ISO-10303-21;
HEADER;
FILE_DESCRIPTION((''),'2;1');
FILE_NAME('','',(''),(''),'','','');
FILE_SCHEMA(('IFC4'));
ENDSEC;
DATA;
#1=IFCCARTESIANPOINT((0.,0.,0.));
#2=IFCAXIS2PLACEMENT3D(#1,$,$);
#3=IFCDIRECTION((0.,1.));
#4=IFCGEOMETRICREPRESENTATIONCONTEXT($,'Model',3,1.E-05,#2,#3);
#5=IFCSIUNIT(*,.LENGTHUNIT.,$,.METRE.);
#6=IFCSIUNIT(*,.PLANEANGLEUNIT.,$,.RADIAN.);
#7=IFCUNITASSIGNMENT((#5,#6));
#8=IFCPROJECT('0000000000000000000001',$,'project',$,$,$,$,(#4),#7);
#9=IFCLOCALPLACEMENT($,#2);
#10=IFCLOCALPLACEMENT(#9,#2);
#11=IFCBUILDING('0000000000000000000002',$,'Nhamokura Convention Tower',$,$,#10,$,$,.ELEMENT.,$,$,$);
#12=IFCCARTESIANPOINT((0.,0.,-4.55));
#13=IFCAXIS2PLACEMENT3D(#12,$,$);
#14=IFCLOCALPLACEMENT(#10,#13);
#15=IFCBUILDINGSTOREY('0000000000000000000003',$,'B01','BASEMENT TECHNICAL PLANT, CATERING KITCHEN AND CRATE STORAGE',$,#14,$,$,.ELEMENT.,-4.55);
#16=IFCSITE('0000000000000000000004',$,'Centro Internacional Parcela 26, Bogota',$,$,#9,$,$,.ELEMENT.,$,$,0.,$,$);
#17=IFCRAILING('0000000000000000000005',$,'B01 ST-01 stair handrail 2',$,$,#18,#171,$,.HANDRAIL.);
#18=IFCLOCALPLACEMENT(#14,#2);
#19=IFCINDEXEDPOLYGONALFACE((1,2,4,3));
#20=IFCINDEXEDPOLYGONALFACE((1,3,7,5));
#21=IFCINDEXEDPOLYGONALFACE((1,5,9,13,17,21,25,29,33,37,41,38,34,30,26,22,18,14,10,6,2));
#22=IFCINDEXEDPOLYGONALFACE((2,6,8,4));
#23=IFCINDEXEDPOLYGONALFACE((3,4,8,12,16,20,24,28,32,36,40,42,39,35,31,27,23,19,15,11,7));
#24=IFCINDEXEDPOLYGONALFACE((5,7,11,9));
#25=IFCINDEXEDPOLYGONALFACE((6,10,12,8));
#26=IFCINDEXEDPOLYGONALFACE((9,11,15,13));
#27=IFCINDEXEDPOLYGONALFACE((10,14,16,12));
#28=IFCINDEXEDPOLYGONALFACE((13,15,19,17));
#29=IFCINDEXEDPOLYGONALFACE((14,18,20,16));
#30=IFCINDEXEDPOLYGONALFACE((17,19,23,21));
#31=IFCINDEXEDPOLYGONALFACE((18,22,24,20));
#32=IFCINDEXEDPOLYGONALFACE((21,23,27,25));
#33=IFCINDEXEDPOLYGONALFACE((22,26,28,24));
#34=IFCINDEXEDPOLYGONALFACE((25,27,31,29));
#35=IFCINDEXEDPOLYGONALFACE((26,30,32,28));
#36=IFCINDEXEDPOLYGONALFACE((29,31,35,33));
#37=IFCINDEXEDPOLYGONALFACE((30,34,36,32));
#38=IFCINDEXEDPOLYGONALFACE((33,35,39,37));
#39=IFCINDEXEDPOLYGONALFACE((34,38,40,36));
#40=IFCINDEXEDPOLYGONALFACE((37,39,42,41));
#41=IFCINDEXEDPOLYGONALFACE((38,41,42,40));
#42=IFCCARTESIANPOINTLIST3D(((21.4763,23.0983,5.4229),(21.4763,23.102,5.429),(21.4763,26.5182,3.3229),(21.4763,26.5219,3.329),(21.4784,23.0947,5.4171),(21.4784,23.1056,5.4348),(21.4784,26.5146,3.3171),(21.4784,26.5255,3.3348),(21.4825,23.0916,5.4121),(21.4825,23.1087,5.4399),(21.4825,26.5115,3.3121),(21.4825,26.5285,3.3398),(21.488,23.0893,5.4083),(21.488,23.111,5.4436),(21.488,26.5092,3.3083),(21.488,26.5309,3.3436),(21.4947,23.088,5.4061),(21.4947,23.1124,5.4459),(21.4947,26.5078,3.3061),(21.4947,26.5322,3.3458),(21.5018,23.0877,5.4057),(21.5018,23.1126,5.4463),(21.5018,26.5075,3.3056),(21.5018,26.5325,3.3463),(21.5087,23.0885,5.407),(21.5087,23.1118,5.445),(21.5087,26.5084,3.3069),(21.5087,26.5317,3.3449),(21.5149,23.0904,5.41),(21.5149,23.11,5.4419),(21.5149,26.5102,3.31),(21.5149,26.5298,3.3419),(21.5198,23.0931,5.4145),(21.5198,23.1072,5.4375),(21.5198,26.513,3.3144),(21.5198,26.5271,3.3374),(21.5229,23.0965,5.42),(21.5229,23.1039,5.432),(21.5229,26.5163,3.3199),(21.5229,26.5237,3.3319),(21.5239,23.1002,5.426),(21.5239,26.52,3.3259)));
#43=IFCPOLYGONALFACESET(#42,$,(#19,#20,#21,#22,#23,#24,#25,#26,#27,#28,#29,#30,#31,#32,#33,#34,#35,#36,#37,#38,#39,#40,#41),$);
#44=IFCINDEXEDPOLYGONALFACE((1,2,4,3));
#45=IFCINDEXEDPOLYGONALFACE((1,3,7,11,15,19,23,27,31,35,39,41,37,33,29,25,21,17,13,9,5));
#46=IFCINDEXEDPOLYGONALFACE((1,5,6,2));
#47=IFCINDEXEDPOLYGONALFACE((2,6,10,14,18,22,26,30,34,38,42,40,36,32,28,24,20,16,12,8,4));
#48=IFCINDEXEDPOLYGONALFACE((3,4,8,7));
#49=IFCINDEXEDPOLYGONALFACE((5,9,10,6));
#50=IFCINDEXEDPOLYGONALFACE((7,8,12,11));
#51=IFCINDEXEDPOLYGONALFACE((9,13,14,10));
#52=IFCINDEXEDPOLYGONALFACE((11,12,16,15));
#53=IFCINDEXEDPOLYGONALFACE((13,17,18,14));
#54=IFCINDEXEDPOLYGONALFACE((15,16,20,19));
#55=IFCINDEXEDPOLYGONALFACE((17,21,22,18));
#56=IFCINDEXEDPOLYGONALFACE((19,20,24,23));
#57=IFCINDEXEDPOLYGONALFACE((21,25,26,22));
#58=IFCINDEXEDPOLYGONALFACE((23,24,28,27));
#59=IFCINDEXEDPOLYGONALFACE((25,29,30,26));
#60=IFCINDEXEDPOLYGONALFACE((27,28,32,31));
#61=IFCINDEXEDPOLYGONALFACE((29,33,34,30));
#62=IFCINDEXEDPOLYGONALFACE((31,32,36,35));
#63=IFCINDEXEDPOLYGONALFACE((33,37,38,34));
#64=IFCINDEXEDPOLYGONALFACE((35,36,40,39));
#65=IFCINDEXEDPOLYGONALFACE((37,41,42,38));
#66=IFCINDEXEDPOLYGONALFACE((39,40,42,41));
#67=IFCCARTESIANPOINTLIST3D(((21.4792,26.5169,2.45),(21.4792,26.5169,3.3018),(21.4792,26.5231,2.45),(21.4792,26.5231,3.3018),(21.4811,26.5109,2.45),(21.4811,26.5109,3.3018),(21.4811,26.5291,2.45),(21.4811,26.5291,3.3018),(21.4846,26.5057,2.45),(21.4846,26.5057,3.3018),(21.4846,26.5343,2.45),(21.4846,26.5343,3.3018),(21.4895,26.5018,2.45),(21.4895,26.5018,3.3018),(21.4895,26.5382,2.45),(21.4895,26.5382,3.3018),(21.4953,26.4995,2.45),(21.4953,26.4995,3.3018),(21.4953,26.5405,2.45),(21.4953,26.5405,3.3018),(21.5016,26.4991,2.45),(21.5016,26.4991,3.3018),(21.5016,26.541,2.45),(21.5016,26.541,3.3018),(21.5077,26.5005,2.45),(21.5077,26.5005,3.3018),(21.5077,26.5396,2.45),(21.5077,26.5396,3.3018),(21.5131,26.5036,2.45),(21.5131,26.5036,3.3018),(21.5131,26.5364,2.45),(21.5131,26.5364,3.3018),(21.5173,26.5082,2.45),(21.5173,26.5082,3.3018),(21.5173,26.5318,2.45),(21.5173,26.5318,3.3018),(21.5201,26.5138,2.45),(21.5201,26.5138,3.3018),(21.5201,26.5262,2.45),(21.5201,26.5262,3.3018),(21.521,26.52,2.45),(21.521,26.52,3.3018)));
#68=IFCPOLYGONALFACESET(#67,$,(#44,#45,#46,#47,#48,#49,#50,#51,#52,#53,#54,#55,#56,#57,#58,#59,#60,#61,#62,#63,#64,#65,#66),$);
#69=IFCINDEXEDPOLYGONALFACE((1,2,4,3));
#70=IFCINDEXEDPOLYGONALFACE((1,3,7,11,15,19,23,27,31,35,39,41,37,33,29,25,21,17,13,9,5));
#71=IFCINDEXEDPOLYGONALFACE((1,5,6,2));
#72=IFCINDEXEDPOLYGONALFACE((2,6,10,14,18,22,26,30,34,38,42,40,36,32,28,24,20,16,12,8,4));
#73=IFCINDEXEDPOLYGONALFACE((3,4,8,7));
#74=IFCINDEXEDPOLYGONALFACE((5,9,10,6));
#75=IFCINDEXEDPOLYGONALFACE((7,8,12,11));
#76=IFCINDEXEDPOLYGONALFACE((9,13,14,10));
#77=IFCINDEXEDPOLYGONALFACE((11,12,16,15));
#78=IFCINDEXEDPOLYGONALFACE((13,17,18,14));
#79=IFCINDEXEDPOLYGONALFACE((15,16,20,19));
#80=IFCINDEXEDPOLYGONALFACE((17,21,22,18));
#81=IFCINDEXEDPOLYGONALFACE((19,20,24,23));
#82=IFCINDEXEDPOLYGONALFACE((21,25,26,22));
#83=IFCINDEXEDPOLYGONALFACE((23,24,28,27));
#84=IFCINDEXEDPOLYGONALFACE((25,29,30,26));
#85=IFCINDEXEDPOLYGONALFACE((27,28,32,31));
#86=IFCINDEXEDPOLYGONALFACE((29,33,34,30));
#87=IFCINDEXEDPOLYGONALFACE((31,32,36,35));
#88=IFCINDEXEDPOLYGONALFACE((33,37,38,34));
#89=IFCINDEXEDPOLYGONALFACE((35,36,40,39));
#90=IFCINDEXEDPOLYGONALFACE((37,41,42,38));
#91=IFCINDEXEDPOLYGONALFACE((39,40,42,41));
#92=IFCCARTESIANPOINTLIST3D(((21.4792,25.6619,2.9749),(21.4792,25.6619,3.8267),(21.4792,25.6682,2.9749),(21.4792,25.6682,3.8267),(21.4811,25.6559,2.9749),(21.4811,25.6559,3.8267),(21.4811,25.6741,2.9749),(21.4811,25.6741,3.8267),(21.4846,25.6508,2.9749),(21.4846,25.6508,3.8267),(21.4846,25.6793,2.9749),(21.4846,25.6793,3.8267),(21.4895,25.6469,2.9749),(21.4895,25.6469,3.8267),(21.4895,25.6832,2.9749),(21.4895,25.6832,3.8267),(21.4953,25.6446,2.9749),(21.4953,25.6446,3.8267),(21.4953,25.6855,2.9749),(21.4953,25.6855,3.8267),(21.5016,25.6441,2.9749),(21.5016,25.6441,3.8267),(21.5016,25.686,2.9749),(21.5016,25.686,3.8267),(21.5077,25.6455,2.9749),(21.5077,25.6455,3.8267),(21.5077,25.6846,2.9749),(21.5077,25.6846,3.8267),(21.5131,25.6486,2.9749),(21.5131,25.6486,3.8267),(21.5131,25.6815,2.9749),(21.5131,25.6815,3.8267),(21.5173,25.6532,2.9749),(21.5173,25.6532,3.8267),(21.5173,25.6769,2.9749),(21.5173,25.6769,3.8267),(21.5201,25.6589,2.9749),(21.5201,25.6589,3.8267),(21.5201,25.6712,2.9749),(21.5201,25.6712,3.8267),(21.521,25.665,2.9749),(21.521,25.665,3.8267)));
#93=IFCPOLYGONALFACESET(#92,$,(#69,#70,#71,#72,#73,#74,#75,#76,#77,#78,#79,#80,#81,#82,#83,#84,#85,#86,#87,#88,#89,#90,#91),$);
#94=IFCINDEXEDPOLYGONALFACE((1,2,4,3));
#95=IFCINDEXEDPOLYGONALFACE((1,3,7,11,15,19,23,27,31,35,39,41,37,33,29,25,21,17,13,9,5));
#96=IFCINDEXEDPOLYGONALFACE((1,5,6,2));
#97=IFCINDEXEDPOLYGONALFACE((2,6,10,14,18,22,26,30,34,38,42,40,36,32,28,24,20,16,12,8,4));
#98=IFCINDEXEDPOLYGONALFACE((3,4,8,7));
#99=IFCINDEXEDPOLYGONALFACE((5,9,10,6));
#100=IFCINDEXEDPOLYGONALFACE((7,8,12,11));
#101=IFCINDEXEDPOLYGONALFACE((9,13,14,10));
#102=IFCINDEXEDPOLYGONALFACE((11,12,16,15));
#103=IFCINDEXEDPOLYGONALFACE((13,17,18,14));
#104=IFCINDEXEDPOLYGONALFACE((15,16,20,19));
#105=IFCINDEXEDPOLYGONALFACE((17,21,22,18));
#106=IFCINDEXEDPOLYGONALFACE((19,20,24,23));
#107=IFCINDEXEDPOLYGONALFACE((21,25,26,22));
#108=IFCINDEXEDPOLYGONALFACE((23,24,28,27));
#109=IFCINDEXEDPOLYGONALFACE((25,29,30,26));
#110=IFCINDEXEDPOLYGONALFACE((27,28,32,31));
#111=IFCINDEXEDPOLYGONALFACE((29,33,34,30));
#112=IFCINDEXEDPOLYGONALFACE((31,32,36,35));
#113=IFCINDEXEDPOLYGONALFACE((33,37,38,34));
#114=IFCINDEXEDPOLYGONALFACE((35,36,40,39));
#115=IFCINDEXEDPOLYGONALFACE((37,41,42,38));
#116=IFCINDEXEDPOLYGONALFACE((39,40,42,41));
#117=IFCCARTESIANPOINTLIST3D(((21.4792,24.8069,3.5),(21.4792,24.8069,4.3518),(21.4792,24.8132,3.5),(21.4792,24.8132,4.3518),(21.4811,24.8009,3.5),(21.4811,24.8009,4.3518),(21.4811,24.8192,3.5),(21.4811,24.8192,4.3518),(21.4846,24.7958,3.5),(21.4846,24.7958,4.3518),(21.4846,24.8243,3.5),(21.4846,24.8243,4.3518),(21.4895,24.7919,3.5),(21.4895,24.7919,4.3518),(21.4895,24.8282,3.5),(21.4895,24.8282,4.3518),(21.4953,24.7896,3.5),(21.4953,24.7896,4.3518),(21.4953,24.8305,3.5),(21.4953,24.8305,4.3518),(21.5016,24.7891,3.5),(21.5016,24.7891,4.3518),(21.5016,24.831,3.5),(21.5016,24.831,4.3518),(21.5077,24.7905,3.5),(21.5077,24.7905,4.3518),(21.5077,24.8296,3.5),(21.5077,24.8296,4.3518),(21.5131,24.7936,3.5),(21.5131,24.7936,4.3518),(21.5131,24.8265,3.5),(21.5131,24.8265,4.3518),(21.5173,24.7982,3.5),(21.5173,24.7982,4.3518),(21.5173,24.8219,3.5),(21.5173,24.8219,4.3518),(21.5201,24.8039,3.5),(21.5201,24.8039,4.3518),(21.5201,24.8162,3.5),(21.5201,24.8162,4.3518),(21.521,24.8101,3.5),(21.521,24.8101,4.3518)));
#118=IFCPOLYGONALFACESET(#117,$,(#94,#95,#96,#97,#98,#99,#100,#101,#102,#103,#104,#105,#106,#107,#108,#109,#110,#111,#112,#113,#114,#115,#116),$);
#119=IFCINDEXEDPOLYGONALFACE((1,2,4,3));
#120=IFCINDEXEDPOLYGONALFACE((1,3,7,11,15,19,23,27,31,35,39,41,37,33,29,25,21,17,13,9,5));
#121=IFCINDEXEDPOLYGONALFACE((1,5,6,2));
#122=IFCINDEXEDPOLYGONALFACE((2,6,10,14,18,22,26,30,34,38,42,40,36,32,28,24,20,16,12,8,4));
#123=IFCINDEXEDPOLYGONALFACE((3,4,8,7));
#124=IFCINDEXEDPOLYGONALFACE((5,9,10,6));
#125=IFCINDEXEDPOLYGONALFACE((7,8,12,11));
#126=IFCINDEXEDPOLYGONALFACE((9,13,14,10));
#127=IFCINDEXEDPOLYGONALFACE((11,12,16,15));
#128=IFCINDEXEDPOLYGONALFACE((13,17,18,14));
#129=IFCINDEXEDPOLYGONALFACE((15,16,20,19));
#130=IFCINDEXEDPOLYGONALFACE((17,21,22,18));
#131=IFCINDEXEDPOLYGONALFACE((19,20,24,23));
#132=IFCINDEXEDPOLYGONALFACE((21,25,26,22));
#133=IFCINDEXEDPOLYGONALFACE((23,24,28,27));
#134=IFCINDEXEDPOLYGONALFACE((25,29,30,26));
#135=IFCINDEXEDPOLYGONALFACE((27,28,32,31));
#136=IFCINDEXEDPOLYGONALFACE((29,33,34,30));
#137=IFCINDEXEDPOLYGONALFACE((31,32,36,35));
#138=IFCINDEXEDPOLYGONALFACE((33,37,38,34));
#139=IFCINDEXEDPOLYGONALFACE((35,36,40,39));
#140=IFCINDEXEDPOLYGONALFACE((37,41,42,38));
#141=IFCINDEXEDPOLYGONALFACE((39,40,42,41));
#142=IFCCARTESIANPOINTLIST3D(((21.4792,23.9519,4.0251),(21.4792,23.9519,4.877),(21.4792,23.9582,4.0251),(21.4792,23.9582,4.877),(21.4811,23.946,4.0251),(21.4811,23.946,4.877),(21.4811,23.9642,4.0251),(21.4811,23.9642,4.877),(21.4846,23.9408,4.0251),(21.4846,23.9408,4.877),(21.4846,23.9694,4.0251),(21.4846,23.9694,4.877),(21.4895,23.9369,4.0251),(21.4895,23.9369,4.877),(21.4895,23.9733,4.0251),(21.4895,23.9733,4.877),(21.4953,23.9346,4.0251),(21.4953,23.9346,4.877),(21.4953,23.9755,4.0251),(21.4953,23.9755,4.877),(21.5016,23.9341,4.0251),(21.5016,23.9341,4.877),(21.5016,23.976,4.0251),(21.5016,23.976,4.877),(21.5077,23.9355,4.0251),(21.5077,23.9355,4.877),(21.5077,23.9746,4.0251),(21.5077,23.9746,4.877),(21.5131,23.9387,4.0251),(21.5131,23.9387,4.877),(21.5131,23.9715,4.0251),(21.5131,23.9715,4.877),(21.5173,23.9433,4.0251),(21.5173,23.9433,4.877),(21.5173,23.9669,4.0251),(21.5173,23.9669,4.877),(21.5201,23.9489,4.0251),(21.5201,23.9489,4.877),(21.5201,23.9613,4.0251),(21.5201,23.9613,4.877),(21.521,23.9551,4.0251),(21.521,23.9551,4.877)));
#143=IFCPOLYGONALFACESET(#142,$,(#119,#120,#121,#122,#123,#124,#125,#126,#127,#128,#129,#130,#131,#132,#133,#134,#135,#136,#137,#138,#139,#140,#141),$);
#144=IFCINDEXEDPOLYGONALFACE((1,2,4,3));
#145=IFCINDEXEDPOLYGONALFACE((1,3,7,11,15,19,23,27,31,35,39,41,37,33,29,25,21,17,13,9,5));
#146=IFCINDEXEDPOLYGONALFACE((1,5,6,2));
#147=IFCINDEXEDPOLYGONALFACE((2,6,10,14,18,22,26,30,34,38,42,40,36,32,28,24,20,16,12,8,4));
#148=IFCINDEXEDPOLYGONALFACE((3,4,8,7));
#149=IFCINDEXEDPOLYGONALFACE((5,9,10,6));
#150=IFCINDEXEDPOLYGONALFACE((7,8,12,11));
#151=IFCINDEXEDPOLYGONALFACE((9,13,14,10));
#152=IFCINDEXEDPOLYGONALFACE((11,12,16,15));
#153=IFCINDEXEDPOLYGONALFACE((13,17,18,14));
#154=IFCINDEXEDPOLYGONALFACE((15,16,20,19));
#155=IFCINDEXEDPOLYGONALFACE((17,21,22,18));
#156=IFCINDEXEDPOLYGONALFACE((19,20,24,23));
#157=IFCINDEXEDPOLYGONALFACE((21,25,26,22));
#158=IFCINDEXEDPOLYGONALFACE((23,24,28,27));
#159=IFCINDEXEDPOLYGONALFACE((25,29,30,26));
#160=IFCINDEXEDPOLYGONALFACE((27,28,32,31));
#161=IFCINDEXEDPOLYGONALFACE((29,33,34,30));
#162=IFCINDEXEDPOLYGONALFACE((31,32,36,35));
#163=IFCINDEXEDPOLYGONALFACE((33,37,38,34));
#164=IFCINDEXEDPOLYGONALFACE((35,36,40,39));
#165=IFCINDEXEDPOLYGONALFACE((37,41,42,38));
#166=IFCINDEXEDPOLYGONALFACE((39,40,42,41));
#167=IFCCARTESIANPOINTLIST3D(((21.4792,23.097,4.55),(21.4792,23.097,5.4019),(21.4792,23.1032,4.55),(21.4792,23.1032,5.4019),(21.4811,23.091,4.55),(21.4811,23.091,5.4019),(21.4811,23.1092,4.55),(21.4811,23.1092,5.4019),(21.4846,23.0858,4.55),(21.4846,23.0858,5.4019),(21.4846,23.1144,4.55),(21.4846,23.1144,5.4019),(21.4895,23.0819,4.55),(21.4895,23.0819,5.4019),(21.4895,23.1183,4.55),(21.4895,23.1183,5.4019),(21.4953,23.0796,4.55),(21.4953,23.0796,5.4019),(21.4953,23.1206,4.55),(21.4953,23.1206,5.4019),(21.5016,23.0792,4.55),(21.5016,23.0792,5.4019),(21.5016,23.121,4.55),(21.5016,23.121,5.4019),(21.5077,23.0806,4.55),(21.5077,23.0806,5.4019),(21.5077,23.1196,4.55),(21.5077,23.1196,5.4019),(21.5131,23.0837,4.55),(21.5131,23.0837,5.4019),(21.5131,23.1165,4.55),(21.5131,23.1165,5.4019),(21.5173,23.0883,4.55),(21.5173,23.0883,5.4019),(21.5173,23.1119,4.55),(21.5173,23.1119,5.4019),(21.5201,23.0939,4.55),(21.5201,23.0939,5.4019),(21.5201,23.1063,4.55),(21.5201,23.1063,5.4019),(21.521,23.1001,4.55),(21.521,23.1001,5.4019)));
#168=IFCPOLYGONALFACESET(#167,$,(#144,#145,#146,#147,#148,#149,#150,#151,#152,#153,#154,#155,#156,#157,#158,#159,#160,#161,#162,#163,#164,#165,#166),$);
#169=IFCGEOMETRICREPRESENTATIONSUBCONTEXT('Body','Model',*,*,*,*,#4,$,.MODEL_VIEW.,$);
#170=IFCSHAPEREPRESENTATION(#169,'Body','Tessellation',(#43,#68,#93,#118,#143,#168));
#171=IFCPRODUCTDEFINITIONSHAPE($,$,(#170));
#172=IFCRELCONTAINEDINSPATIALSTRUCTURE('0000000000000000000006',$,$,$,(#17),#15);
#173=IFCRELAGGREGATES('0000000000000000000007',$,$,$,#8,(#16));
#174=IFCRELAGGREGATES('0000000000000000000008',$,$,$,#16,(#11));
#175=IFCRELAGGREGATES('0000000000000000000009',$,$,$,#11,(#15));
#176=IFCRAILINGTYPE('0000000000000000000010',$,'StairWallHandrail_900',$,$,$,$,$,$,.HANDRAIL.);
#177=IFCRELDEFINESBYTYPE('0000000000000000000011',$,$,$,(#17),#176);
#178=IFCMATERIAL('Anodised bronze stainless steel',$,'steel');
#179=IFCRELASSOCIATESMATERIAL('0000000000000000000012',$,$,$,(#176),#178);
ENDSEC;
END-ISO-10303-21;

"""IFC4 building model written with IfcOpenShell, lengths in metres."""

from ifc_helpers import new_model, si_unit, direction, frame, origin, origin_2d, place, context, subcontext, project, spatial, circle, extrude, material, type_object, element, save


model = new_model("IFC4")

# Units and contexts
model_context = context("Model", 3, precision=1e-05, world=origin(), true_north=direction((0.0, 1.0)))
body_context = subcontext(model_context, "Body", "Model", "MODEL_VIEW")
ifc_project = project(units=[si_unit("LENGTHUNIT", "METRE"), si_unit("PLANEANGLEUNIT", "RADIAN")], contexts=[model_context])

# Site, building, storey
site_placement = place(None, origin())
site = spatial("IfcSite", under=ifc_project, at=site_placement, Name="Centro Internacional Parcela 26, Bogota", CompositionType="ELEMENT", RefElevation=0.0)
building_placement = place(site_placement, origin())
building = spatial("IfcBuilding", under=site, at=building_placement, Name="Nhamokura Convention Tower", CompositionType="ELEMENT")
storey_placement = place(building_placement, frame((0.0, 0.0, -4.55)))
storey = spatial("IfcBuildingStorey", under=building, at=storey_placement, Name="B01", Description="BASEMENT TECHNICAL PLANT, CATERING KITCHEN AND CRATE STORAGE", CompositionType="ELEMENT", Elevation=-4.55)

# Railing
ifc_material_1 = material(Name="Anodised bronze stainless steel", Category="steel")
railing_type_1 = type_object("IfcRailingType", Name="StairWallHandrail_900", PredefinedType="HANDRAIL", material=ifc_material_1)
railing_1_placement = place(storey_placement, frame((21.5, 26.52, 2.45)))
element("IfcRailing", 1, at=railing_1_placement, inside=storey, type_object=railing_type_1, Name="B01 ST-01 stair handrail 2", PredefinedType="HANDRAIL", context=body_context, shape_type="SweptSolid", body=[
    extrude(circle(Radius=0.0239, at=origin_2d()), frame((0.0, 0.0, 0.876), z_axis=(0.0, -0.852155, 0.523289), x_axis=(1.0, 0.0, 0.0)), (0.0, 0.0, 1.0), 4.0132),
    extrude(circle(Radius=0.021, at=origin_2d()), origin(), (0.0, 0.0, 1.0), 0.8518),
    extrude(circle(Radius=0.021, at=origin_2d()), frame((0.0, -0.855, 0.5249)), (0.0, 0.0, 1.0), 0.8518),
    extrude(circle(Radius=0.021, at=origin_2d()), frame((0.0, -1.71, 1.05)), (0.0, 0.0, 1.0), 0.8518),
    extrude(circle(Radius=0.021, at=origin_2d()), frame((0.0, -2.5649, 1.5752)), (0.0, 0.0, 1.0), 0.8518),
    extrude(circle(Radius=0.021, at=origin_2d()), frame((0.0, -3.4199, 2.1001)), (0.0, 0.0, 1.0), 0.8518),
])

save(model, "model.ifc")
